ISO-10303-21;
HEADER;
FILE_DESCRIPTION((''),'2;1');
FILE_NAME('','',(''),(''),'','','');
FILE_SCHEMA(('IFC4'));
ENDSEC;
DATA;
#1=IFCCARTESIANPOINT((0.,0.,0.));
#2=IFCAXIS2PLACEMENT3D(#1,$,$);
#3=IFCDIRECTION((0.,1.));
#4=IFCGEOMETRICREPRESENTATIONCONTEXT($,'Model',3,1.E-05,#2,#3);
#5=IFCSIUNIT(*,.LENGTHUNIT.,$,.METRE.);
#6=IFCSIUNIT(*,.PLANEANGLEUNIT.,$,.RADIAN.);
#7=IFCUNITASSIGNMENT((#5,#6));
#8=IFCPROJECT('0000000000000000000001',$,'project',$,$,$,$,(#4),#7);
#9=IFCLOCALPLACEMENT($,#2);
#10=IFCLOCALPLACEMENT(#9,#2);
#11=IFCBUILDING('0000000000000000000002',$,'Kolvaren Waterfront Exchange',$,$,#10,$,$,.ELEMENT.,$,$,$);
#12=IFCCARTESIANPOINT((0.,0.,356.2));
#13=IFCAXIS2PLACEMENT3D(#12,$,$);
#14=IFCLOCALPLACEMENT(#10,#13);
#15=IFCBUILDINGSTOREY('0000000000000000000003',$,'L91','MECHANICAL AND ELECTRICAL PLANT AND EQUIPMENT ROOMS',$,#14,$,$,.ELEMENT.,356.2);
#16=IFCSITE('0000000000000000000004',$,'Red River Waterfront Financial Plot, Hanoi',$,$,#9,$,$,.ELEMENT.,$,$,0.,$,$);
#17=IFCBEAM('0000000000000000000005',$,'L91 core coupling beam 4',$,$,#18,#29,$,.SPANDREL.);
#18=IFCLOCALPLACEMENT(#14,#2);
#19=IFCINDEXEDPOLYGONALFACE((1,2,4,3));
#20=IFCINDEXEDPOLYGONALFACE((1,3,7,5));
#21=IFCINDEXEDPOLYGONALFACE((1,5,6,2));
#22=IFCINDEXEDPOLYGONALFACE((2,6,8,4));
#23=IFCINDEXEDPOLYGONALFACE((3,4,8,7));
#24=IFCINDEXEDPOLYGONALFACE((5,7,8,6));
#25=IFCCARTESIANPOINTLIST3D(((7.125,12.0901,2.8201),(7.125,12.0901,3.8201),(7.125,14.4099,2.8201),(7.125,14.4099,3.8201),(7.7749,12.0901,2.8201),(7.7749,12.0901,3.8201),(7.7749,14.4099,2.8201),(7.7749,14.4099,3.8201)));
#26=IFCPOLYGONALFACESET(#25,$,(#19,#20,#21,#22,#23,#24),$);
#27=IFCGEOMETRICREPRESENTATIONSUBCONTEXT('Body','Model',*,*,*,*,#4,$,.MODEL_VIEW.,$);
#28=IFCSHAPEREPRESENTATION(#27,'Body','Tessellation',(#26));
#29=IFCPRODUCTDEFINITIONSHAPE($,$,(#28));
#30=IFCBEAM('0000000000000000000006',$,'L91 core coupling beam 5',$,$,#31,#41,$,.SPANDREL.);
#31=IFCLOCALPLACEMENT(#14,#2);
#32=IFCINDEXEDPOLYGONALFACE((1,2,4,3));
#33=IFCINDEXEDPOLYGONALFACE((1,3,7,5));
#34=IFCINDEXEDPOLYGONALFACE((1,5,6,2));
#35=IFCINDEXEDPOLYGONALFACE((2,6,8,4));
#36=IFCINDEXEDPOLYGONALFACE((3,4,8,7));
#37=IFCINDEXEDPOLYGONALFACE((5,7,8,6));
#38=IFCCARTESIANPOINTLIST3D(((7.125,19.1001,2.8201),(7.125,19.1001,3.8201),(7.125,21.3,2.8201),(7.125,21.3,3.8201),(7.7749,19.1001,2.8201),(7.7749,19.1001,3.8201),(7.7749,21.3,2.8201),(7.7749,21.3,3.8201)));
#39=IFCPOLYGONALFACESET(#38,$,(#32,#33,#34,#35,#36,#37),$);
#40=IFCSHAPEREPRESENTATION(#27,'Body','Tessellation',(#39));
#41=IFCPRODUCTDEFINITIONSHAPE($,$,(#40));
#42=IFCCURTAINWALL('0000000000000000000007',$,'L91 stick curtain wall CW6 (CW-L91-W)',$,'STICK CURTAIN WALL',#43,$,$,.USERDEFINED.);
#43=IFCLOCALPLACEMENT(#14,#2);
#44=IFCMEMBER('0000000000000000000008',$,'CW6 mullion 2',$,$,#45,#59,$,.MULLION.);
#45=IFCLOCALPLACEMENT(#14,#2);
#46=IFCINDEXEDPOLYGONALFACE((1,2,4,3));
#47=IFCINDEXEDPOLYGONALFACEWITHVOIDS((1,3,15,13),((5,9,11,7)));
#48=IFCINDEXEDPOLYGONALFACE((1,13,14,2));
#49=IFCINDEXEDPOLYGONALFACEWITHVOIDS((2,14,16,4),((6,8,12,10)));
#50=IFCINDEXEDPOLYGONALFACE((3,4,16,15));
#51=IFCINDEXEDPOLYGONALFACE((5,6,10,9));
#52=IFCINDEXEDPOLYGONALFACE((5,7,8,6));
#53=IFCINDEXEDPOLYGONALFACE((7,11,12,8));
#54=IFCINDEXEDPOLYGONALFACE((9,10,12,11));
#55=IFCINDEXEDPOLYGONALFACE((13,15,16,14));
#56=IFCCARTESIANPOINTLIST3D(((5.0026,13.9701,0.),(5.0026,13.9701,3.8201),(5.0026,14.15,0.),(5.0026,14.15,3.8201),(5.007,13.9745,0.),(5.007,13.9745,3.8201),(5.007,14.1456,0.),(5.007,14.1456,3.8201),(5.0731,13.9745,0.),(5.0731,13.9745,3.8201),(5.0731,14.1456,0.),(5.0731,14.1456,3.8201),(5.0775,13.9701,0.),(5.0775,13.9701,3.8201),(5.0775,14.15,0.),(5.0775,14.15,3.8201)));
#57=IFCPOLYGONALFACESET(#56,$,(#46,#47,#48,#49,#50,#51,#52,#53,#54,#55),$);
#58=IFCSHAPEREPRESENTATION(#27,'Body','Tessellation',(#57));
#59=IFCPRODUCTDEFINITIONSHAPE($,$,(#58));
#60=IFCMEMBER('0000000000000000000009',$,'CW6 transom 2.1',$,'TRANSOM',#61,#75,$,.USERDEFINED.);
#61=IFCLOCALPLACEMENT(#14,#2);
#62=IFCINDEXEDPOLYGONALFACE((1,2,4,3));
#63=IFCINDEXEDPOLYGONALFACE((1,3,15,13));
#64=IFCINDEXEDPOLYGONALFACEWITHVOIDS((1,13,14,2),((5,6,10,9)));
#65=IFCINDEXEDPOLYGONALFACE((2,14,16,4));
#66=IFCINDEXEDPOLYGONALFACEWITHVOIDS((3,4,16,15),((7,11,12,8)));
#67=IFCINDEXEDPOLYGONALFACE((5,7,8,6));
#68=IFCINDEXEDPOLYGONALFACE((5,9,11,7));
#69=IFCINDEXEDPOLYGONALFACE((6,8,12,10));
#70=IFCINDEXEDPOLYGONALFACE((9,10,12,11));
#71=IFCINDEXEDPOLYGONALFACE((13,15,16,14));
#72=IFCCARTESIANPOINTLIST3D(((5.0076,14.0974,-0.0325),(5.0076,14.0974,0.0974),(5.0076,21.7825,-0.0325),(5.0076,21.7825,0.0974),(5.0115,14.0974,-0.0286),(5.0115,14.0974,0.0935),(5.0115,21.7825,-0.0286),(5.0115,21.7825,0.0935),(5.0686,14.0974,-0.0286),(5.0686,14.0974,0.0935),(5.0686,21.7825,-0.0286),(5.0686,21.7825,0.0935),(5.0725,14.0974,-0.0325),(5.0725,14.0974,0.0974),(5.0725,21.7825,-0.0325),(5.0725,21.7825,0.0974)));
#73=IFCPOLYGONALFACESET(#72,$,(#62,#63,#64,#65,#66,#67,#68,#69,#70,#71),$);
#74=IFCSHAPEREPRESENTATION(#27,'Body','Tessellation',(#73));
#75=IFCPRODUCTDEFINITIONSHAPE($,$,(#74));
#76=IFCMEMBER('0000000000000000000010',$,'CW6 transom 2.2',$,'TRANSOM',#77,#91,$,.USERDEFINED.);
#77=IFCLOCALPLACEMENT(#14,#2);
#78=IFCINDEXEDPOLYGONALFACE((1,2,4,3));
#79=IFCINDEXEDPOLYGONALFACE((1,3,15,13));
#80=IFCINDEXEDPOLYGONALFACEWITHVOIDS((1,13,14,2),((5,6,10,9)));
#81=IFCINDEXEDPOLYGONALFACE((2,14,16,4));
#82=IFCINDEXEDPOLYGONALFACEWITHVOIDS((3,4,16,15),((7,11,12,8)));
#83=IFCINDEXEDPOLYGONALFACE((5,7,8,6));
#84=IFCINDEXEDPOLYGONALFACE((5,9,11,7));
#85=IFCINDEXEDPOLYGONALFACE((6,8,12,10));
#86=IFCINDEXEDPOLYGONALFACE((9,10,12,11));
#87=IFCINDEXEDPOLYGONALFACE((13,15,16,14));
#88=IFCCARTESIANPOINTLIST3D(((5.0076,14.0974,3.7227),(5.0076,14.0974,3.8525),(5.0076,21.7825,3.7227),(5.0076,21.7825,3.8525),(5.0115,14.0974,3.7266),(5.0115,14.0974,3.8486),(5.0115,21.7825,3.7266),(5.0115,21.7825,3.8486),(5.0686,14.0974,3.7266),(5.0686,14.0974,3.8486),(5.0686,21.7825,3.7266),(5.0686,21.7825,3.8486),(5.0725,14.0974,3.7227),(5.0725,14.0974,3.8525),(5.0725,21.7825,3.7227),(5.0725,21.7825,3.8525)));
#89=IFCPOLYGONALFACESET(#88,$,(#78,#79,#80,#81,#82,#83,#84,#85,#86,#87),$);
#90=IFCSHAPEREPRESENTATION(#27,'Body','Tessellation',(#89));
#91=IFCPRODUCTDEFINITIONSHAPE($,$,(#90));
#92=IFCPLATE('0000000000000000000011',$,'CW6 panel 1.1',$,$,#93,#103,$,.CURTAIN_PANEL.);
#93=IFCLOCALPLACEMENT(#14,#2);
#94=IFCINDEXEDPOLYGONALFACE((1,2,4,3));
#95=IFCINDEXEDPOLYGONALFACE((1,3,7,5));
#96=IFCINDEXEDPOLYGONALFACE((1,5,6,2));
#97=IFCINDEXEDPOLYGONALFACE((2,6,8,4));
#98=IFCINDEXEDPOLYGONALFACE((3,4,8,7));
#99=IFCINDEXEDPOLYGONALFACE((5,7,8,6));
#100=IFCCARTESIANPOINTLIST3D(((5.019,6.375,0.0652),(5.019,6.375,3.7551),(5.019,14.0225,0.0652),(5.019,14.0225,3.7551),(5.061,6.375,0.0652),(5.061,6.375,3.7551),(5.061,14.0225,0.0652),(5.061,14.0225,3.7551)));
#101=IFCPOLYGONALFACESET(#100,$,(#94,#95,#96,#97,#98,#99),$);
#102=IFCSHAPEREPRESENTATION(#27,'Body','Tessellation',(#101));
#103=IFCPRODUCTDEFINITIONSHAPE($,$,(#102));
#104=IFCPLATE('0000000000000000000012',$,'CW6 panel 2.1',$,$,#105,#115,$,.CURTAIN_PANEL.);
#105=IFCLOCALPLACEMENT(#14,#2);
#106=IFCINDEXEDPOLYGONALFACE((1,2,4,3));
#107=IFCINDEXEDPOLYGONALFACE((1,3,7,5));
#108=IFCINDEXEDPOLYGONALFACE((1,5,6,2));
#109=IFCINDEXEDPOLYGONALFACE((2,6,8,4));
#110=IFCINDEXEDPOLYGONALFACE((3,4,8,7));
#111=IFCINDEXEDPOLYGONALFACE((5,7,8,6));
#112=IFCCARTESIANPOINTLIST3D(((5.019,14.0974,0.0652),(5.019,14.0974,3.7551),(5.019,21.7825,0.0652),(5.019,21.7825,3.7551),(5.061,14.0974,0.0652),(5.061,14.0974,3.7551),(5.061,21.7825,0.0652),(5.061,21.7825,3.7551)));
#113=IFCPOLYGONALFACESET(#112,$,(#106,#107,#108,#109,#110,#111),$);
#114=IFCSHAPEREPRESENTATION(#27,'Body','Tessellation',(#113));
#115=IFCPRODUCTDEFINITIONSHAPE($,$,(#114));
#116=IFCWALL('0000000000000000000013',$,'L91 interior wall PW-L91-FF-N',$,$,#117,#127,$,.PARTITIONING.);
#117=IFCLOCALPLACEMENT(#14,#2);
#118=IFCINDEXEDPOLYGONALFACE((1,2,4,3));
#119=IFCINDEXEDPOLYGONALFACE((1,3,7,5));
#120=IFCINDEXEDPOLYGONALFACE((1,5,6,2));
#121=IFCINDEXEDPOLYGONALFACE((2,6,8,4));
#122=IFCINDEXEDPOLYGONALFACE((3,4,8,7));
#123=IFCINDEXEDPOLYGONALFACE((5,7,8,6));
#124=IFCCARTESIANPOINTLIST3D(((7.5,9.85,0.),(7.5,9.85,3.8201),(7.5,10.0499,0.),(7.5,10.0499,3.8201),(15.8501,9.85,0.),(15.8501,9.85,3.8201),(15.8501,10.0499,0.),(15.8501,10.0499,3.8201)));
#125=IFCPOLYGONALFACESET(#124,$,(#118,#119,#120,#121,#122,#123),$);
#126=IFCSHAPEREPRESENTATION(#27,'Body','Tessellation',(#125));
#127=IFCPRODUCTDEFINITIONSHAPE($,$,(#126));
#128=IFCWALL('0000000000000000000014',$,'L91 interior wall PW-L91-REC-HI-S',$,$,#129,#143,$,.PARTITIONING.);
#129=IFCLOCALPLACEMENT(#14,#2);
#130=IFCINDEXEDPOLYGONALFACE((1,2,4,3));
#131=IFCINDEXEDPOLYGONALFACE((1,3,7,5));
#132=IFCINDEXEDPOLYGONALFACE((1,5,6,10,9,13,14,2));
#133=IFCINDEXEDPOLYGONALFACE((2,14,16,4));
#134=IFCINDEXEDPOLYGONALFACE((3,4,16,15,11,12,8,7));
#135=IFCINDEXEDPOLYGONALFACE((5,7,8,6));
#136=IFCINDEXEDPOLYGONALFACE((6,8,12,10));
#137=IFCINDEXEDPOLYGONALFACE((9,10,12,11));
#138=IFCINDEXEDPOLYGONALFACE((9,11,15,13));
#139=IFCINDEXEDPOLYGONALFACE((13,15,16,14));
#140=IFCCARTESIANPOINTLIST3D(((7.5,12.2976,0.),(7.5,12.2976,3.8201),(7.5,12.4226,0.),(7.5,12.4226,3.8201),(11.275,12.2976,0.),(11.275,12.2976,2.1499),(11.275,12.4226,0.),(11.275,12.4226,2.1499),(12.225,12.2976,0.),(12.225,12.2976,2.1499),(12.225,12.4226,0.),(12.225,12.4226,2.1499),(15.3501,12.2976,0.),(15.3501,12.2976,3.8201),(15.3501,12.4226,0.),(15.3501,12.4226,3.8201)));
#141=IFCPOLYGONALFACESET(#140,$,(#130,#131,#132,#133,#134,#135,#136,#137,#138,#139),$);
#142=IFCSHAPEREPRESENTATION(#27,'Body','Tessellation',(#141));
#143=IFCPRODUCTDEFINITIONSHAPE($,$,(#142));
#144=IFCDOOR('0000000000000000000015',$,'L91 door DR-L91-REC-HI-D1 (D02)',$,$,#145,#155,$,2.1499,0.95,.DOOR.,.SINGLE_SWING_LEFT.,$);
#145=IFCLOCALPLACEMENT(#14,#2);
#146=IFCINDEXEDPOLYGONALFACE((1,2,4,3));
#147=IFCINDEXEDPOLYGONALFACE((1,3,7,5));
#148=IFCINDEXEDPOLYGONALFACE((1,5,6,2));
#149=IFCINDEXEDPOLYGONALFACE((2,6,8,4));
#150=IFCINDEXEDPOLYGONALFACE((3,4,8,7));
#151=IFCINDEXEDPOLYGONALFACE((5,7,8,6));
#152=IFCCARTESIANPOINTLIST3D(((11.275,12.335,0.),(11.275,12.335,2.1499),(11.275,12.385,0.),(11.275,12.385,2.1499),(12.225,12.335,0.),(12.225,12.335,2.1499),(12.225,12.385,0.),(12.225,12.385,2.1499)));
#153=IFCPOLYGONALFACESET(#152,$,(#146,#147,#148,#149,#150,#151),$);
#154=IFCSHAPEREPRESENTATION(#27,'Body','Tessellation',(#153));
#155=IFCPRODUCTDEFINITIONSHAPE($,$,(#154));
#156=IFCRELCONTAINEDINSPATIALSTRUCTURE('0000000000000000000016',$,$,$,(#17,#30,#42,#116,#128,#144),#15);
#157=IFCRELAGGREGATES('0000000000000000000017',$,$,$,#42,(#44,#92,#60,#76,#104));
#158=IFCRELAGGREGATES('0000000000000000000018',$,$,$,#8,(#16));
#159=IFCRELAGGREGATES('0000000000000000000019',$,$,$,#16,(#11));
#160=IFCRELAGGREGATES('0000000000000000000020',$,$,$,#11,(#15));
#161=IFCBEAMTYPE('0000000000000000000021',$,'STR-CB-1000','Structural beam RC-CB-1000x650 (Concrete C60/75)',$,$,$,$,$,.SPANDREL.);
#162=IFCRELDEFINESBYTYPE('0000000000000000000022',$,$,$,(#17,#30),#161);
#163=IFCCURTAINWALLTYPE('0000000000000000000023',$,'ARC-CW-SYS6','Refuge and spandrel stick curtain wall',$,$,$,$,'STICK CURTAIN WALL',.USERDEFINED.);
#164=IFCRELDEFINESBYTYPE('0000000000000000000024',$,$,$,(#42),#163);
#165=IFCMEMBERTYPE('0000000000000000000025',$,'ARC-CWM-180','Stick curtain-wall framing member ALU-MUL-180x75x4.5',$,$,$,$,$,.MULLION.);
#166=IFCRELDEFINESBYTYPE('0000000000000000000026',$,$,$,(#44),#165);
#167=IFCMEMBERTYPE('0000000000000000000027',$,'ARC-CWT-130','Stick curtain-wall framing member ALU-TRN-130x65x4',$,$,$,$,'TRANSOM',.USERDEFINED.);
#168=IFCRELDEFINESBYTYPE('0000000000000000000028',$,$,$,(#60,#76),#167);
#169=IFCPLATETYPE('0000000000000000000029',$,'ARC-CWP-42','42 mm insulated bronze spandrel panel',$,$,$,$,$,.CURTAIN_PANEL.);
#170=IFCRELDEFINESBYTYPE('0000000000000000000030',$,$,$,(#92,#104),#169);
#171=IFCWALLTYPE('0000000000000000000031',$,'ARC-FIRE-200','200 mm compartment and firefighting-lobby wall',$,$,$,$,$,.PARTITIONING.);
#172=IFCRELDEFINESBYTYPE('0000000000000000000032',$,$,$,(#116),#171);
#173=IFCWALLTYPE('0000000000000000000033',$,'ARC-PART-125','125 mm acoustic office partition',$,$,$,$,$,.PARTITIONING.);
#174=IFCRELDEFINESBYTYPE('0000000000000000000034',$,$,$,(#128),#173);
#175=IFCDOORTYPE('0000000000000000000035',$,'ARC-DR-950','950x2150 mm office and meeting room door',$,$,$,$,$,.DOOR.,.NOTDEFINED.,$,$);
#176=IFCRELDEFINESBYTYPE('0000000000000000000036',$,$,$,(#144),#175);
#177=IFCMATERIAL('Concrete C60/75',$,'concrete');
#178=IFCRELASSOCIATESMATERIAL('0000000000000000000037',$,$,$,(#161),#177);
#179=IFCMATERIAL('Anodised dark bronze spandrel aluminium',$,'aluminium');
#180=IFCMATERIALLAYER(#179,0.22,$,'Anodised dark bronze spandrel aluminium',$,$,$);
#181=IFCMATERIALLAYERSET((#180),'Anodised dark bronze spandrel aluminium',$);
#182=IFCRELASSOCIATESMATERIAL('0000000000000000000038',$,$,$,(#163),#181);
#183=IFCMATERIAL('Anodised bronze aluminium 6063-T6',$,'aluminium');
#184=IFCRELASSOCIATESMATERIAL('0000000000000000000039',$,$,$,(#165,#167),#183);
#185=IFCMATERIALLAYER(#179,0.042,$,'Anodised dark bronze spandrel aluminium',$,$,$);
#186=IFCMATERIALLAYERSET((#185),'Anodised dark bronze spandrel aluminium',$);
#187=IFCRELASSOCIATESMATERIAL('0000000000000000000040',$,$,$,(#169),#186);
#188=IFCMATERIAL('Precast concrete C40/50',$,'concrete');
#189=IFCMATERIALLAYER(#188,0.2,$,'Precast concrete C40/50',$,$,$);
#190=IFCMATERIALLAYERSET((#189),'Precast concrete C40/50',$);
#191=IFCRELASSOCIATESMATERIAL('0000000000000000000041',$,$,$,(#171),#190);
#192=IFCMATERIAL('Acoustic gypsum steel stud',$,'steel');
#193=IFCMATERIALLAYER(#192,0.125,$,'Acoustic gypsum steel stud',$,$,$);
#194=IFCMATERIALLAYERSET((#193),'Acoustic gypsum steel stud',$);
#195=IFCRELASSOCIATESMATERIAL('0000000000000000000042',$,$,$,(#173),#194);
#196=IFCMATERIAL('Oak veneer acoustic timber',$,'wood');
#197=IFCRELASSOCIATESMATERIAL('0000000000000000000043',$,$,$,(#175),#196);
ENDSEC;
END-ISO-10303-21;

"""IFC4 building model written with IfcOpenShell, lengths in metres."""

from ifc_helpers import new_model, si_unit, direction, frame, frame_2d, origin, origin_with_axes, origin_2d, place, context, subcontext, project, spatial, rectangle, hollow_rectangle, extrude, source, transform, mapped, material, layer, layer_set, material_profile, profile_set, type_object, element, fill, aggregate, save


model = new_model("IFC4")

# Units and contexts
model_context = context("Model", 3, precision=1e-05, world=origin(), true_north=direction((0.0, 1.0)))
body_context = subcontext(model_context, "Body", "Model", "MODEL_VIEW")
ifc_project = project(units=[si_unit("LENGTHUNIT", "METRE"), si_unit("PLANEANGLEUNIT", "RADIAN")], contexts=[model_context])

# Site, building, storey
site_placement = place(None, origin())
site = spatial("IfcSite", under=ifc_project, at=site_placement, Name="Red River Waterfront Financial Plot, Hanoi", CompositionType="ELEMENT", RefElevation=0.0)
building_placement = place(site_placement, origin())
building = spatial("IfcBuilding", under=site, at=building_placement, Name="Kolvaren Waterfront Exchange", CompositionType="ELEMENT")
storey_placement = place(building_placement, frame((0.0, 0.0, 356.2)))
storey = spatial("IfcBuildingStorey", under=building, at=storey_placement, Name="L91", Description="MECHANICAL AND ELECTRICAL PLANT AND EQUIPMENT ROOMS", CompositionType="ELEMENT", Elevation=356.2)

# Beams
ifc_material_1 = material(Name="Concrete C60/75", Category="concrete")
ifc_material_profile_1 = material_profile(ifc_material_1, rectangle(XDim=0.6499, YDim=1.0, at=origin_2d()), Name="RC-CB-1000x650")
ifc_profile_set_1 = profile_set([ifc_material_profile_1], Name="Concrete C60/75")
beam_type = type_object("IfcBeamType", Name="STR-CB-1000", Description="Structural beam RC-CB-1000x650 (Concrete C60/75)", PredefinedType="SPANDREL", material=ifc_profile_set_1)
beam_1_placement = place(storey_placement, frame((7.45, 12.0901, 3.3201), z_axis=(0.0, 1.0, 0.0), x_axis=(-1.0, 0.0, 0.0)))
element("IfcBeam", 1, at=beam_1_placement, inside=storey, type_object=beam_type, Name="L91 core coupling beam 4", PredefinedType="SPANDREL", context=body_context, shape_type="SweptSolid", body=[
    extrude(rectangle(XDim=0.6499, YDim=1.0, at=origin_2d()), origin(), (0.0, 0.0, 1.0), 2.3198),
])
beam_2_placement = place(storey_placement, frame((7.45, 19.1001, 3.3201), z_axis=(0.0, 1.0, 0.0), x_axis=(-1.0, 0.0, 0.0)))
element("IfcBeam", 2, at=beam_2_placement, inside=storey, type_object=beam_type, Name="L91 core coupling beam 5", PredefinedType="SPANDREL", context=body_context, shape_type="SweptSolid", body=[
    extrude(rectangle(XDim=0.6499, YDim=1.0, at=origin_2d()), origin(), (0.0, 0.0, 1.0), 2.2),
])

# Curtain wall, members, plates
ifc_material_2 = material(Name="Anodised dark bronze spandrel aluminium", Category="aluminium")
ifc_layer_1 = layer(ifc_material_2, 0.22, Name="Anodised dark bronze spandrel aluminium")
ifc_layer_set_1 = layer_set([ifc_layer_1], Name="Anodised dark bronze spandrel aluminium")
curtain_wall_type = type_object("IfcCurtainWallType", Name="ARC-CW-SYS6", Description="Refuge and spandrel stick curtain wall", ElementType="STICK CURTAIN WALL", PredefinedType="USERDEFINED", material=ifc_layer_set_1)
curtain_wall_placement = place(storey_placement, origin())
curtain_wall = element("IfcCurtainWall", 3, at=curtain_wall_placement, inside=storey, type_object=curtain_wall_type, Name="L91 stick curtain wall CW6 (CW-L91-W)", ObjectType="STICK CURTAIN WALL", PredefinedType="USERDEFINED")
ifc_material_3 = material(Name="Anodised bronze aluminium 6063-T6", Category="aluminium")
ifc_material_profile_2 = material_profile(ifc_material_3, hollow_rectangle(XDim=0.075, YDim=0.1799, WallThickness=0.0044, at=origin_2d()), Name="ALU-MUL-180x75x4.5")
ifc_profile_set_2 = profile_set([ifc_material_profile_2], Name="Anodised bronze aluminium 6063-T6")
member_type_1 = type_object("IfcMemberType", Name="ARC-CWM-180", Description="Stick curtain-wall framing member ALU-MUL-180x75x4.5", PredefinedType="MULLION", material=ifc_profile_set_2)
shared_shape_1 = source(origin_with_axes(), body_context, "Body", "SweptSolid", [
    extrude(hollow_rectangle(XDim=0.075, YDim=0.1799, WallThickness=0.0044, at=origin_2d()), origin(), (0.0, 0.0, 1.0), 3.8201),
])
member_1_placement = place(storey_placement, frame((5.04, 14.0601, 0.0), z_axis=(0.0, 0.0, 1.0), x_axis=(-1.0, 0.0, 0.0)))
member_1 = element("IfcMember", 4, at=member_1_placement, type_object=member_type_1, Name="CW6 mullion 2", PredefinedType="MULLION", context=body_context, shape_type="MappedRepresentation", body=[
    mapped(shared_shape_1, transform((0.0, 0.0, 0.0), x_axis=(1.0, 0.0, 0.0), y_axis=(0.0, 1.0, 0.0), z_axis=(0.0, 0.0, 1.0), scale=1.0)),
])
ifc_material_profile_3 = material_profile(ifc_material_3, hollow_rectangle(XDim=0.0649, YDim=0.1299, WallThickness=0.0039, at=origin_2d()), Name="ALU-TRN-130x65x4")
ifc_profile_set_3 = profile_set([ifc_material_profile_3], Name="Anodised bronze aluminium 6063-T6")
member_type_2 = type_object("IfcMemberType", Name="ARC-CWT-130", Description="Stick curtain-wall framing member ALU-TRN-130x65x4", ElementType="TRANSOM", PredefinedType="USERDEFINED", material=ifc_profile_set_3)
shared_shape_2 = source(origin_with_axes(), body_context, "Body", "SweptSolid", [
    extrude(hollow_rectangle(XDim=0.0649, YDim=0.1299, WallThickness=0.0039, at=origin_2d()), origin(), (0.0, 0.0, 1.0), 7.6851),
])
member_2_placement = place(storey_placement, frame((5.04, 14.0974, 0.0325), z_axis=(0.0, 1.0, 0.0), x_axis=(-1.0, 0.0, 0.0)))
member_2 = element("IfcMember", 5, at=member_2_placement, type_object=member_type_2, Name="CW6 transom 2.1", ObjectType="TRANSOM", PredefinedType="USERDEFINED", context=body_context, shape_type="MappedRepresentation", body=[
    mapped(shared_shape_2, transform((0.0, 0.0, 0.0), x_axis=(1.0, 0.0, 0.0), y_axis=(0.0, 1.0, 0.0), z_axis=(0.0, 0.0, 1.0), scale=1.0)),
])
member_3_placement = place(storey_placement, frame((5.04, 14.0974, 3.7876), z_axis=(0.0, 1.0, 0.0), x_axis=(-1.0, 0.0, 0.0)))
member_3 = element("IfcMember", 6, at=member_3_placement, type_object=member_type_2, Name="CW6 transom 2.2", ObjectType="TRANSOM", PredefinedType="USERDEFINED", context=body_context, shape_type="MappedRepresentation", body=[
    mapped(shared_shape_2, transform((0.0, 0.0, 0.0), x_axis=(1.0, 0.0, 0.0), y_axis=(0.0, 1.0, 0.0), z_axis=(0.0, 0.0, 1.0), scale=1.0)),
])
ifc_layer_2 = layer(ifc_material_2, 0.042, Name="Anodised dark bronze spandrel aluminium")
ifc_layer_set_2 = layer_set([ifc_layer_2], Name="Anodised dark bronze spandrel aluminium")
plate_type = type_object("IfcPlateType", Name="ARC-CWP-42", Description="42 mm insulated bronze spandrel panel", PredefinedType="CURTAIN_PANEL", material=ifc_layer_set_2)
shared_shape_3 = source(origin_with_axes(), body_context, "Body", "SweptSolid", [
    extrude(rectangle(XDim=7.6475, YDim=0.042, at=origin_2d()), origin(), (0.0, 0.0, 1.0), 3.6899),
])
plate_1_placement = place(storey_placement, frame((5.04, 10.1987, 0.0652), z_axis=(0.0, 0.0, 1.0), x_axis=(0.0, 1.0, 0.0)))
plate_1 = element("IfcPlate", 7, at=plate_1_placement, type_object=plate_type, Name="CW6 panel 1.1", PredefinedType="CURTAIN_PANEL", context=body_context, shape_type="MappedRepresentation", body=[
    mapped(shared_shape_3, transform((0.0, 0.0, 0.0), x_axis=(1.0, 0.0, 0.0), y_axis=(0.0, 1.0, 0.0), z_axis=(0.0, 0.0, 1.0), scale=1.0)),
])
shared_shape_4 = source(origin_with_axes(), body_context, "Body", "SweptSolid", [
    extrude(rectangle(XDim=7.6851, YDim=0.042, at=origin_2d()), origin(), (0.0, 0.0, 1.0), 3.6899),
])
plate_2_placement = place(storey_placement, frame((5.04, 17.9399, 0.0652), z_axis=(0.0, 0.0, 1.0), x_axis=(0.0, 1.0, 0.0)))
plate_2 = element("IfcPlate", 8, at=plate_2_placement, type_object=plate_type, Name="CW6 panel 2.1", PredefinedType="CURTAIN_PANEL", context=body_context, shape_type="MappedRepresentation", body=[
    mapped(shared_shape_4, transform((0.0, 0.0, 0.0), x_axis=(1.0, 0.0, 0.0), y_axis=(0.0, 1.0, 0.0), z_axis=(0.0, 0.0, 1.0), scale=1.0)),
])
aggregate(curtain_wall, [member_1, plate_1, member_2, member_3, plate_2])

# Wall
ifc_material_4 = material(Name="Precast concrete C40/50", Category="concrete")
ifc_layer_3 = layer(ifc_material_4, 0.2, Name="Precast concrete C40/50")
ifc_layer_set_3 = layer_set([ifc_layer_3], Name="Precast concrete C40/50")
wall_type_1 = type_object("IfcWallType", Name="ARC-FIRE-200", Description="200 mm compartment and firefighting-lobby wall", PredefinedType="PARTITIONING", material=ifc_layer_set_3)
wall_1_placement = place(storey_placement, frame((7.5, 9.95, 0.0), z_axis=(0.0, 0.0, 1.0), x_axis=(1.0, 0.0, 0.0)))
element("IfcWall", 9, at=wall_1_placement, inside=storey, type_object=wall_type_1, Name="L91 interior wall PW-L91-FF-N", PredefinedType="PARTITIONING", context=body_context, shape_type="SweptSolid", body=[
    extrude(rectangle(XDim=8.3501, YDim=0.2, at=frame_2d((4.175, 0.0))), origin(), (0.0, 0.0, 1.0), 3.8201),
])

# Wall, opening, door
ifc_material_5 = material(Name="Acoustic gypsum steel stud", Category="steel")
ifc_layer_4 = layer(ifc_material_5, 0.125, Name="Acoustic gypsum steel stud")
ifc_layer_set_4 = layer_set([ifc_layer_4], Name="Acoustic gypsum steel stud")
wall_type_2 = type_object("IfcWallType", Name="ARC-PART-125", Description="125 mm acoustic office partition", PredefinedType="PARTITIONING", material=ifc_layer_set_4)
wall_2_placement = place(storey_placement, frame((7.5, 12.3601, 0.0), z_axis=(0.0, 0.0, 1.0), x_axis=(1.0, 0.0, 0.0)))
wall_2 = element("IfcWall", 10, at=wall_2_placement, inside=storey, type_object=wall_type_2, Name="L91 interior wall PW-L91-REC-HI-S", PredefinedType="PARTITIONING", context=body_context, shape_type="SweptSolid", body=[
    extrude(rectangle(XDim=7.8501, YDim=0.125, at=frame_2d((3.925, 0.0))), origin(), (0.0, 0.0, 1.0), 3.8201),
])
opening_1_placement = place(wall_2_placement, frame((3.7749, 0.0, 0.0)))
opening_1 = element("IfcOpeningElement", 11, at=opening_1_placement, cuts=wall_2, PredefinedType="OPENING", context=body_context, shape_type="SweptSolid", body=[
    extrude(rectangle(XDim=0.95, YDim=2.1499, at=frame_2d((0.4751, 1.075))), frame((0.0, 0.0725, 0.0), z_axis=(0.0, -1.0, 0.0), x_axis=(1.0, 0.0, 0.0)), (0.0, 0.0, 1.0), 0.145),
])
ifc_material_6 = material(Name="Oak veneer acoustic timber", Category="wood")
door_type_1 = type_object("IfcDoorType", Name="ARC-DR-950", Description="950x2150 mm office and meeting room door", OperationType="NOTDEFINED", PredefinedType="DOOR", material=ifc_material_6)
door_1_placement = place(opening_1_placement, origin())
door_1 = element("IfcDoor", 12, at=door_1_placement, inside=storey, type_object=door_type_1, Name="L91 door DR-L91-REC-HI-D1 (D02)", OperationType="SINGLE_SWING_LEFT", OverallHeight=2.1499, OverallWidth=0.95, PredefinedType="DOOR", context=body_context, shape_type="SweptSolid", body=[
    extrude(rectangle(XDim=0.95, YDim=2.1499, at=frame_2d((0.4751, 1.075))), frame((0.0, 0.0249, 0.0), z_axis=(0.0, -1.0, 0.0), x_axis=(1.0, 0.0, 0.0)), (0.0, 0.0, 1.0), 0.05),
])
fill(opening_1, door_1)

save(model, "model.ifc")
